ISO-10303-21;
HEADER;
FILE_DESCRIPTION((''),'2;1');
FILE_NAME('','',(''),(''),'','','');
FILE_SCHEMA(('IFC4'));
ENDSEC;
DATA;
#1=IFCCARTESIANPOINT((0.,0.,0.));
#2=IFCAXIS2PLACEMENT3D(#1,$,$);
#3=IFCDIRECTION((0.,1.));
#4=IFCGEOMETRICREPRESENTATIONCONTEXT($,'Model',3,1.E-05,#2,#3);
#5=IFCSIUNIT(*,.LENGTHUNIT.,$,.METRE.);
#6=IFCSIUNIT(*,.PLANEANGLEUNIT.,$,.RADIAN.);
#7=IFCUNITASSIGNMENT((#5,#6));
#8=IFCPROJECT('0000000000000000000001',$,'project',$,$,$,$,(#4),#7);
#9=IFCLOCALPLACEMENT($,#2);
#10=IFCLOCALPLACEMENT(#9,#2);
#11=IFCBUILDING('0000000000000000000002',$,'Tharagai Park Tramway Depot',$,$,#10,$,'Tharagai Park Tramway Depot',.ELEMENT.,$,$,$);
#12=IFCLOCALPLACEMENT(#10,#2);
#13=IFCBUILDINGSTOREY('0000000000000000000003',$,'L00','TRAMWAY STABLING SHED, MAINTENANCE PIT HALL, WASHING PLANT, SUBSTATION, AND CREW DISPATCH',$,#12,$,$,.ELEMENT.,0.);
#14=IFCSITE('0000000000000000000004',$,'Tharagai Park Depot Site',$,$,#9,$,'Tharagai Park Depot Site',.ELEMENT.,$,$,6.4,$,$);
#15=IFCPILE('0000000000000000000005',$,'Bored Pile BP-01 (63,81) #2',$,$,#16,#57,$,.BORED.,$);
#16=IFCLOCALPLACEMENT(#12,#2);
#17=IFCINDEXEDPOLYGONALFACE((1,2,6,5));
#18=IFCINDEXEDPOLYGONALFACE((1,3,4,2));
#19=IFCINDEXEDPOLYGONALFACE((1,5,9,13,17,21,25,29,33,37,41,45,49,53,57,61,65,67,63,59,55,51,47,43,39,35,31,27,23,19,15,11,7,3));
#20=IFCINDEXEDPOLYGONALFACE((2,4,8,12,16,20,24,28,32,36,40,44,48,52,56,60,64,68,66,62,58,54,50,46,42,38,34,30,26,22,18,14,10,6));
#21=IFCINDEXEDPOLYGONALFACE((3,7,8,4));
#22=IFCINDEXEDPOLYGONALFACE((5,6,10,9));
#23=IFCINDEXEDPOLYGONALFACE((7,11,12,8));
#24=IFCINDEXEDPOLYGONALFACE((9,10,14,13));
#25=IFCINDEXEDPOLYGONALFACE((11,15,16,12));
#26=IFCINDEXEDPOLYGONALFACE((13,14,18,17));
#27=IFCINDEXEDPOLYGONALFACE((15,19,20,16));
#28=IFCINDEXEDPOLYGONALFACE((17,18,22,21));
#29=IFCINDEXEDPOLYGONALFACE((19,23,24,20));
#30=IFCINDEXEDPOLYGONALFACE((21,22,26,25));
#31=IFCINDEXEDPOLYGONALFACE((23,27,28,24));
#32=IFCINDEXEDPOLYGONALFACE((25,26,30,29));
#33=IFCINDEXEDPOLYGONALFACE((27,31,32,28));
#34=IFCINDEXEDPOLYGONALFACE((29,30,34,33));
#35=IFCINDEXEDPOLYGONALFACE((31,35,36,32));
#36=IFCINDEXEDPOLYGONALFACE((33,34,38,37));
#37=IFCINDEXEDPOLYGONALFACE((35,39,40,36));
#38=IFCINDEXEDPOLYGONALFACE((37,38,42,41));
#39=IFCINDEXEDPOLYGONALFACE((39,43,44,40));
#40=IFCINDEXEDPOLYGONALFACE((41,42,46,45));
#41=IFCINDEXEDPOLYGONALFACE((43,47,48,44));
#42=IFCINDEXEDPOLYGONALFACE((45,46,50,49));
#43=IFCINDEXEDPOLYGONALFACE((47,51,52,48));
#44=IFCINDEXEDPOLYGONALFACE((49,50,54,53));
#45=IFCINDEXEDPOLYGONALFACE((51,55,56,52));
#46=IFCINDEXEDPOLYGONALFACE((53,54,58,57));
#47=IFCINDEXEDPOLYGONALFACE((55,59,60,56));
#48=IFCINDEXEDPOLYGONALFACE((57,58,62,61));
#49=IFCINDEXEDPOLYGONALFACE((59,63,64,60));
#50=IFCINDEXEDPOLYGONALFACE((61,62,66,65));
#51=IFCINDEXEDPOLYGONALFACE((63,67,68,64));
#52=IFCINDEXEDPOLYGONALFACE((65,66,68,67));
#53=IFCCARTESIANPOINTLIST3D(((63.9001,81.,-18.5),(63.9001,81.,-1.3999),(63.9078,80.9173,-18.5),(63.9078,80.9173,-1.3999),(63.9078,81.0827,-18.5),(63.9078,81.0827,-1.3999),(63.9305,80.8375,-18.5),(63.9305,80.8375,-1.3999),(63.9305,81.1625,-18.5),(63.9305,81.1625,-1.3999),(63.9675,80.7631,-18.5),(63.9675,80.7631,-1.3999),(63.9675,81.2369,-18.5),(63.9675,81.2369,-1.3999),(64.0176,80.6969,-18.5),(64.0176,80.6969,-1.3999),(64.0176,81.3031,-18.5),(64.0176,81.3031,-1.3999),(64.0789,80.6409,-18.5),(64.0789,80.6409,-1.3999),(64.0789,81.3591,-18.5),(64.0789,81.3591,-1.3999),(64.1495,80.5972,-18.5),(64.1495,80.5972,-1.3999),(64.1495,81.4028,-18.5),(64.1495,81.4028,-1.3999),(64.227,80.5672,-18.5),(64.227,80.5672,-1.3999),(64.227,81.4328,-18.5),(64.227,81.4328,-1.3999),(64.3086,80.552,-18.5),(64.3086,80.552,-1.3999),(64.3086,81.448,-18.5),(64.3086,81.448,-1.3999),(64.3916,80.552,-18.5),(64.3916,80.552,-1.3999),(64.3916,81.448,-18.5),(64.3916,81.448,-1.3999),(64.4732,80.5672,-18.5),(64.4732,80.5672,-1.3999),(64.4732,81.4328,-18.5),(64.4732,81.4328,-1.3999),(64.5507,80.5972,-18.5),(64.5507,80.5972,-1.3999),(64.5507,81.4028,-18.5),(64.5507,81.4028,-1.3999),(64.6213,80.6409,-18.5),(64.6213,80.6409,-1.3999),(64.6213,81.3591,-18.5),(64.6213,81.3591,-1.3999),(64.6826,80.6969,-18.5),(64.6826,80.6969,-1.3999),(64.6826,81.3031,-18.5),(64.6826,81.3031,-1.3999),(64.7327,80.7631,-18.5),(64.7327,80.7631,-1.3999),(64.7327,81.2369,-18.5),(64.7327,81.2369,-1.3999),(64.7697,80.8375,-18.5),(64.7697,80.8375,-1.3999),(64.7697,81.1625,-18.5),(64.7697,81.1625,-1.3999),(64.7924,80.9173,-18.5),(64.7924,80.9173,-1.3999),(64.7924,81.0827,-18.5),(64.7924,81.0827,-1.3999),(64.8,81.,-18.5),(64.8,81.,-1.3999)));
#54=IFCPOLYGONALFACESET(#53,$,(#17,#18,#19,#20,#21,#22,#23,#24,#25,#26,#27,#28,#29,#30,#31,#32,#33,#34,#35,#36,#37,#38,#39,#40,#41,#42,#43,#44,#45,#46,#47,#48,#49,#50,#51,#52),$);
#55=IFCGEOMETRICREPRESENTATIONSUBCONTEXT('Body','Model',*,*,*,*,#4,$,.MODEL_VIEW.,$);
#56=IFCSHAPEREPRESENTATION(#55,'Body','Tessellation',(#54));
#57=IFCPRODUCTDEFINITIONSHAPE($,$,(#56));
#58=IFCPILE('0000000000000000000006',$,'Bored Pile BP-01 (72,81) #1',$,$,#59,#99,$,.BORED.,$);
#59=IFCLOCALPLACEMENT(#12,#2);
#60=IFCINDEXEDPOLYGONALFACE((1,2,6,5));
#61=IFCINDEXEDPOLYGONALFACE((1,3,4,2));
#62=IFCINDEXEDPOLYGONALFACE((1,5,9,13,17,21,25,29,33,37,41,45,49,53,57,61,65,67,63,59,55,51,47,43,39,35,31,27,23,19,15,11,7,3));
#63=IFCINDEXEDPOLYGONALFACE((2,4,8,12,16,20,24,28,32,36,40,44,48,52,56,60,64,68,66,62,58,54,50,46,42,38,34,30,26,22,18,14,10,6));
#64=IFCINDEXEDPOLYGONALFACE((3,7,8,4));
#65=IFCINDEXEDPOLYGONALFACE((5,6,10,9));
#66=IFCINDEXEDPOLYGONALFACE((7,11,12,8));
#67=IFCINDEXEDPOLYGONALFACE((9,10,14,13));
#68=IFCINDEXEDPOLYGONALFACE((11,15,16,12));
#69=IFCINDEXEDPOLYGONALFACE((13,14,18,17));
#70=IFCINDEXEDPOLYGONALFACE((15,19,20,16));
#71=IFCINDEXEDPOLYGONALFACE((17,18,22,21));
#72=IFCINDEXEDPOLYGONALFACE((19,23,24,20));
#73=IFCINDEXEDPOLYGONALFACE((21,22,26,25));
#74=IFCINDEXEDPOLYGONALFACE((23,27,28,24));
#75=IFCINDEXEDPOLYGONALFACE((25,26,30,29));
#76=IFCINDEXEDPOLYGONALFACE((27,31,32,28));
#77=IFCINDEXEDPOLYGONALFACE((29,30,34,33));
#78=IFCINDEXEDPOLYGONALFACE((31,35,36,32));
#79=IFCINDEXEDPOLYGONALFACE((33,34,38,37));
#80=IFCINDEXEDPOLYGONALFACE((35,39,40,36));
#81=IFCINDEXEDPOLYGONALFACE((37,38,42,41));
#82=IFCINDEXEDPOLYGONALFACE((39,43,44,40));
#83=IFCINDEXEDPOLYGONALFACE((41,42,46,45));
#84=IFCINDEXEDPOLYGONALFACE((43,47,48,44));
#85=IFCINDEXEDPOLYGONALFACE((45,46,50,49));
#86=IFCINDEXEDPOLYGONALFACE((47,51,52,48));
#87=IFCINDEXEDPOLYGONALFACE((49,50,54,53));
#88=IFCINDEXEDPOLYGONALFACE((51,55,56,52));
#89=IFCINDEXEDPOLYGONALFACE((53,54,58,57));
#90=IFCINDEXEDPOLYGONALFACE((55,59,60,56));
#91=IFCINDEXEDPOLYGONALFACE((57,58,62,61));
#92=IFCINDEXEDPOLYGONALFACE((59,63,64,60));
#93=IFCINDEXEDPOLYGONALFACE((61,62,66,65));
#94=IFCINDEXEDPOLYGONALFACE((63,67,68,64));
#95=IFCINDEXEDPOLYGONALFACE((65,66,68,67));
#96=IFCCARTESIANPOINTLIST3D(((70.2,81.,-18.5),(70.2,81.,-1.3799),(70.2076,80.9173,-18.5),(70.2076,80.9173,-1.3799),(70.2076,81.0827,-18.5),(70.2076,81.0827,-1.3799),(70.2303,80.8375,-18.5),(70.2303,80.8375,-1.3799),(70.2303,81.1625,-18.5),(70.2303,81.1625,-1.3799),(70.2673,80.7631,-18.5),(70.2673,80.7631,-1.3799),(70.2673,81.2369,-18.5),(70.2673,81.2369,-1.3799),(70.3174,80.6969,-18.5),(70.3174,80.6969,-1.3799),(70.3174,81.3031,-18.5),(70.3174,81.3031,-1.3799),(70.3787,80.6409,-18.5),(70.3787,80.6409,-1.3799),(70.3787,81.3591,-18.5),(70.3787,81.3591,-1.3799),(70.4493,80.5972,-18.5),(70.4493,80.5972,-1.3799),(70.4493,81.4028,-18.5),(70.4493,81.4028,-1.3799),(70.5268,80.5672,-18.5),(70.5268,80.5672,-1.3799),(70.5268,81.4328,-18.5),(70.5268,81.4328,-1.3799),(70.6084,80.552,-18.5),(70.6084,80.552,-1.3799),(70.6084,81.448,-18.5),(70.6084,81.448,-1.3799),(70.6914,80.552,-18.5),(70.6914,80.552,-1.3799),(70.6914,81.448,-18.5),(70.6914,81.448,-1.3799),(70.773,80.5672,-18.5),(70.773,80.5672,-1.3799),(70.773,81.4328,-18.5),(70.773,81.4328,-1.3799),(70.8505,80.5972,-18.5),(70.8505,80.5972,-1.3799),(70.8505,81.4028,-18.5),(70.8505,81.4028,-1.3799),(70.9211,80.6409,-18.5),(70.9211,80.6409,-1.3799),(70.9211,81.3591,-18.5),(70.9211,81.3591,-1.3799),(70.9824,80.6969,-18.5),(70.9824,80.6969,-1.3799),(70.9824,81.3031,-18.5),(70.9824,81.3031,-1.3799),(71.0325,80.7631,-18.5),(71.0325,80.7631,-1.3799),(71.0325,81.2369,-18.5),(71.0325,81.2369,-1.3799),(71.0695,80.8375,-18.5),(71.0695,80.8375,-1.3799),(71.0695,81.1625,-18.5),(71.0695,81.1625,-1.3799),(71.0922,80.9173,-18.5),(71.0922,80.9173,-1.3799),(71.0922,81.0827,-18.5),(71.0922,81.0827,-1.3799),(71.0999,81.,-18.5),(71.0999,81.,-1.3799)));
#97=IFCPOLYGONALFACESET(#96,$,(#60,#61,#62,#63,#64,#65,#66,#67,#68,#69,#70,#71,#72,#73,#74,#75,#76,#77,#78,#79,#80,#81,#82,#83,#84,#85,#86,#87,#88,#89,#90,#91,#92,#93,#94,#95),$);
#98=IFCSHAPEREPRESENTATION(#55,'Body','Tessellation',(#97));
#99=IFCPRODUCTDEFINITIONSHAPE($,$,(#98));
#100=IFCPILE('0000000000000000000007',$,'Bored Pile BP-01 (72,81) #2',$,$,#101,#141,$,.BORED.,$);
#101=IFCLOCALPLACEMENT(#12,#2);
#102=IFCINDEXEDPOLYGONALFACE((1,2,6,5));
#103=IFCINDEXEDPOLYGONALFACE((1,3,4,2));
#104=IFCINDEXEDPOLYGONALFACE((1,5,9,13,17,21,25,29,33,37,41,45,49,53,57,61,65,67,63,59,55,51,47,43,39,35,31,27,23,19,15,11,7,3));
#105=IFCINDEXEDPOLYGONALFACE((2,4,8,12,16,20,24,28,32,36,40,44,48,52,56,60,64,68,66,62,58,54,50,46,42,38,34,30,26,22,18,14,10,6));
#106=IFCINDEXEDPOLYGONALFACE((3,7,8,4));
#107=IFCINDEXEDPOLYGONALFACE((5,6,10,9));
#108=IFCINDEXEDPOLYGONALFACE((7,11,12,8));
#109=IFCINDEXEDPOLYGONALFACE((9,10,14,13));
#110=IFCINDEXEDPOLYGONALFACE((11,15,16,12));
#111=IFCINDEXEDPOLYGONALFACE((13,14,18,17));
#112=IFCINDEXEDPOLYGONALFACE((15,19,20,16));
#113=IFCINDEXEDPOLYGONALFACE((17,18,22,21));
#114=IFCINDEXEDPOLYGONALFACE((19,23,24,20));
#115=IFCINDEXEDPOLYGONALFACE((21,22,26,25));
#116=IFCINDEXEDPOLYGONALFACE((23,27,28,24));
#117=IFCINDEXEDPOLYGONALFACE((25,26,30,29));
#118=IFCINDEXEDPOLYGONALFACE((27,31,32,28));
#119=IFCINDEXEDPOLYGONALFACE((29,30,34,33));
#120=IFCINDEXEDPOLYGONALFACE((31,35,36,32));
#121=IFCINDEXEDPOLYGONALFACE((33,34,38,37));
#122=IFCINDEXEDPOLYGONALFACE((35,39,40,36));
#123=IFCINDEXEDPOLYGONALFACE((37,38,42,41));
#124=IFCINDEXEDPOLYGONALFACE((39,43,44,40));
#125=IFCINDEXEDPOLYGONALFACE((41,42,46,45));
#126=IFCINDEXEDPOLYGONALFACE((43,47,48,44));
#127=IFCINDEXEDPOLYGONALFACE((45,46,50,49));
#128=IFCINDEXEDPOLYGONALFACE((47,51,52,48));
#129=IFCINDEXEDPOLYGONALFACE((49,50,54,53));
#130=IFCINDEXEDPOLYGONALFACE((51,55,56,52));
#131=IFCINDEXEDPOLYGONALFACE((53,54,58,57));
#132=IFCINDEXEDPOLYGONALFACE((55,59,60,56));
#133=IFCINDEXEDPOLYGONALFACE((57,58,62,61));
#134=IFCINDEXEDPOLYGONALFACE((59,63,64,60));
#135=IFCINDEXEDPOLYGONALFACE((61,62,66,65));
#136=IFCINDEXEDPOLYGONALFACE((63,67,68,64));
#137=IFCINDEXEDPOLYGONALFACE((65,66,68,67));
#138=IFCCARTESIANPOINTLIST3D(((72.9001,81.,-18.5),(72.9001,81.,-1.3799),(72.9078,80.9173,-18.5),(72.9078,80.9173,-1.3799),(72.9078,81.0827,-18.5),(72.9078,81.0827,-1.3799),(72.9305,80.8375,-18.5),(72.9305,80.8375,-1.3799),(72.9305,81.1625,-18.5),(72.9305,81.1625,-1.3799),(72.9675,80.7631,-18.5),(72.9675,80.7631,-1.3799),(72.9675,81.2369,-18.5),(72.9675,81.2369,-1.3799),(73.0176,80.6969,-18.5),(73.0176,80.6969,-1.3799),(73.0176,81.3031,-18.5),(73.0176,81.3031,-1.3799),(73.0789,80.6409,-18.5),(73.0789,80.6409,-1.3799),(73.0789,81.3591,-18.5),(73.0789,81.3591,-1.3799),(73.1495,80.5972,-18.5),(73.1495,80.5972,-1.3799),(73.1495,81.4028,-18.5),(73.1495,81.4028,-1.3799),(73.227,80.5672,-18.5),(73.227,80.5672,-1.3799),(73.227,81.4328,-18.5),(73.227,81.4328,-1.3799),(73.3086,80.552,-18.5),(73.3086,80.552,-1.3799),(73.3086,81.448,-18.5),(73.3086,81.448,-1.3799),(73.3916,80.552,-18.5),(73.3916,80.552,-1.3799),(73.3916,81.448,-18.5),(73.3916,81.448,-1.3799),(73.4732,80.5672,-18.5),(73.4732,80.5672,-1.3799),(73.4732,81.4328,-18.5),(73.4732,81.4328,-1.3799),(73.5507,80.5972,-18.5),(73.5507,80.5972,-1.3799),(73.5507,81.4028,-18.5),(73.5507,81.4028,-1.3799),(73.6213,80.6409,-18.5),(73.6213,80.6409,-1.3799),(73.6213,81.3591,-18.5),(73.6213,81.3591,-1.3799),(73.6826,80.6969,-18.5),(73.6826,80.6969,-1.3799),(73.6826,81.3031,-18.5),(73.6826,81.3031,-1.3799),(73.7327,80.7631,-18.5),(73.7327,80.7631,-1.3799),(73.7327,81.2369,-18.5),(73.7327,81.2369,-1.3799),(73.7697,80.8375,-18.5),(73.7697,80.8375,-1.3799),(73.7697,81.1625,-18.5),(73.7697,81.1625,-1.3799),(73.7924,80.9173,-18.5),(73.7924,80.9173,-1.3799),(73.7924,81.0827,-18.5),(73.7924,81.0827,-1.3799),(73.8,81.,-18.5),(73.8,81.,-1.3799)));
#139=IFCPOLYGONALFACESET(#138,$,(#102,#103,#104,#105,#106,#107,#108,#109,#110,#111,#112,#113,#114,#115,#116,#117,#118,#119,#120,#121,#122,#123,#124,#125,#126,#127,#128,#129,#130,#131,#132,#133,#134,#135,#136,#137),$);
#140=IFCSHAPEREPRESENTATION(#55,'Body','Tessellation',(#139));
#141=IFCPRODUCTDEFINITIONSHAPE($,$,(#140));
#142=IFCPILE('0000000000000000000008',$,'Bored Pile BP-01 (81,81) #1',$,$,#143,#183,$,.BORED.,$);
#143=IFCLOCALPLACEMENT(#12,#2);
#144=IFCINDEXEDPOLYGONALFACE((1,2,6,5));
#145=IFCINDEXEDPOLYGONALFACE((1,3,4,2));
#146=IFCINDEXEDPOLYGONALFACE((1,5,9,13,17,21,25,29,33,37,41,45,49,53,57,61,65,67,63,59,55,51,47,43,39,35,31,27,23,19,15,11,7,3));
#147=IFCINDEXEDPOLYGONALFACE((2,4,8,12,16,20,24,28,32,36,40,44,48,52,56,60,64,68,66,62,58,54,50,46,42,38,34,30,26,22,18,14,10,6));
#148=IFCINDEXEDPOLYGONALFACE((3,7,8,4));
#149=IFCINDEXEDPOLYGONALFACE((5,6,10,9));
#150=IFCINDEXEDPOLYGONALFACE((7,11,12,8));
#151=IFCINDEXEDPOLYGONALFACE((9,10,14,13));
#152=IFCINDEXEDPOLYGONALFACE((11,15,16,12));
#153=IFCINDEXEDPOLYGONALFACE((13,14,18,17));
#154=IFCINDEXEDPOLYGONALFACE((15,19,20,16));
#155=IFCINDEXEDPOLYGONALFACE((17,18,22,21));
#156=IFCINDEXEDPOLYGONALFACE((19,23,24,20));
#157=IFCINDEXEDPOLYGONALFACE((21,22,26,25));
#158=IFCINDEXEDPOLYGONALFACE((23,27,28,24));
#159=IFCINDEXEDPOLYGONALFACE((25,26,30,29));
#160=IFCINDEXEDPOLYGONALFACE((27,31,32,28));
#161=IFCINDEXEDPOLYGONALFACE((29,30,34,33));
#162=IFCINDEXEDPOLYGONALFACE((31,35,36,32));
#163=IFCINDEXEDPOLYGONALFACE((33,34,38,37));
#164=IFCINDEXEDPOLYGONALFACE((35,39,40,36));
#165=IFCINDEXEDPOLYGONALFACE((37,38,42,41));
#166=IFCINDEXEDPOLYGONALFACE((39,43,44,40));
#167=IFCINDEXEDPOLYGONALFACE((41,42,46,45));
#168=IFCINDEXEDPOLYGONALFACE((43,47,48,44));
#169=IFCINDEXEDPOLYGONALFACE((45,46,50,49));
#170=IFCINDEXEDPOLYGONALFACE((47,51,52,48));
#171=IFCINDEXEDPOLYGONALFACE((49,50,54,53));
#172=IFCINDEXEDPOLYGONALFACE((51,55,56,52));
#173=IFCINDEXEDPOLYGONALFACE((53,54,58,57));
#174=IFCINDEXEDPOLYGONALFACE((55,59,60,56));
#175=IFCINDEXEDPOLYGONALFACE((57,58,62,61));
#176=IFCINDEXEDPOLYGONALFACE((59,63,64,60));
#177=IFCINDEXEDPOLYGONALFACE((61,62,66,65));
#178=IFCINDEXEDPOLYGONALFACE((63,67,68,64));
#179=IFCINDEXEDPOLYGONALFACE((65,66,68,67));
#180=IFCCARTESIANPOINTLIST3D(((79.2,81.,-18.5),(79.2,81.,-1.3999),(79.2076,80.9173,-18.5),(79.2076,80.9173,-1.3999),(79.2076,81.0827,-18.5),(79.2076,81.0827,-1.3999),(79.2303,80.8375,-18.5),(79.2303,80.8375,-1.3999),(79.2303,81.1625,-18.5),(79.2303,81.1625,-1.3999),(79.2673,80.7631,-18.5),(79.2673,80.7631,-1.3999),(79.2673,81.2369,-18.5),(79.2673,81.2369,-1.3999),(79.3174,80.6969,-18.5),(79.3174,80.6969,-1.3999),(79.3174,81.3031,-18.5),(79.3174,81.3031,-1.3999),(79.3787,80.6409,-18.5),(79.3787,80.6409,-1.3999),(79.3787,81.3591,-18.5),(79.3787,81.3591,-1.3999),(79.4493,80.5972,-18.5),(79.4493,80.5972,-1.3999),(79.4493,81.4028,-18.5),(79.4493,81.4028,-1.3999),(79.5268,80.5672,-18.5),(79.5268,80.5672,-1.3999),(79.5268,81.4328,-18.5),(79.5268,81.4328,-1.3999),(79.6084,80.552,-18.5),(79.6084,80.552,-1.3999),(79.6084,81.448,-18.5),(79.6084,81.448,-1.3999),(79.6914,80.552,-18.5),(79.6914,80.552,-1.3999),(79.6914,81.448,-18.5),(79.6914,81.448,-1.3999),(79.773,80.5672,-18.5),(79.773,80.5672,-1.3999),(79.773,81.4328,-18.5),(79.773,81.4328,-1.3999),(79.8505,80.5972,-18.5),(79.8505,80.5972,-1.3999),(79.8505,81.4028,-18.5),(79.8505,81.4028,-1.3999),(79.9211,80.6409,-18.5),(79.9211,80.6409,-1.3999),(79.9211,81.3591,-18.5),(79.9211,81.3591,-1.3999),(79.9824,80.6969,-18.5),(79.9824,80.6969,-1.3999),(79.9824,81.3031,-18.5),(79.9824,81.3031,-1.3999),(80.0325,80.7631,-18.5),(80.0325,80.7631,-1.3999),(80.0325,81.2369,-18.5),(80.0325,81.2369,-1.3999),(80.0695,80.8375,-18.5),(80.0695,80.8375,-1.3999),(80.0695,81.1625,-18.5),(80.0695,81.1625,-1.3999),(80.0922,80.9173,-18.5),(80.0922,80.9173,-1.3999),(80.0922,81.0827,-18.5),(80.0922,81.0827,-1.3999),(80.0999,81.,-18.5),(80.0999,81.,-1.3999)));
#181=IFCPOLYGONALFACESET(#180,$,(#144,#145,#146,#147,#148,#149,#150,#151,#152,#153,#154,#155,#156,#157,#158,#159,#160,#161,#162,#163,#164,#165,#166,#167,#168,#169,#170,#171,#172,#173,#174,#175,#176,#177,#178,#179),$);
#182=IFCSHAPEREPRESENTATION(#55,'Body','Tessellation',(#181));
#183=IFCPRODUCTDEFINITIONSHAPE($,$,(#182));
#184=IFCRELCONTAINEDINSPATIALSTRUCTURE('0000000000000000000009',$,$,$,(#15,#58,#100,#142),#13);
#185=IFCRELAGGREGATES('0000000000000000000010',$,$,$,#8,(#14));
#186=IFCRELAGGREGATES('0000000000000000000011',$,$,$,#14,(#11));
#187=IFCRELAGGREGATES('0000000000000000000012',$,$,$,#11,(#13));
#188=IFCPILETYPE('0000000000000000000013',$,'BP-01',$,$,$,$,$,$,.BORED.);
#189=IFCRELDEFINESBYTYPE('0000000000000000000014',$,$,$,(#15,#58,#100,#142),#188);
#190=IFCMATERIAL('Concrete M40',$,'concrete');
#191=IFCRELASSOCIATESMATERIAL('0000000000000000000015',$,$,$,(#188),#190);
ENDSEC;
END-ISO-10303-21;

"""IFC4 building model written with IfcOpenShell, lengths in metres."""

from ifc_helpers import new_model, si_unit, direction, frame, origin, origin_2d, place, context, subcontext, project, spatial, circle, extrude, material, material_profile, profile_set, type_object, element, save


model = new_model("IFC4")

# Units and contexts
model_context = context("Model", 3, precision=1e-05, world=origin(), true_north=direction((0.0, 1.0)))
body_context = subcontext(model_context, "Body", "Model", "MODEL_VIEW")
ifc_project = project(units=[si_unit("LENGTHUNIT", "METRE"), si_unit("PLANEANGLEUNIT", "RADIAN")], contexts=[model_context])

# Site, building, storey
site_placement = place(None, origin())
site = spatial("IfcSite", under=ifc_project, at=site_placement, Name="Tharagai Park Depot Site", LongName="Tharagai Park Depot Site", CompositionType="ELEMENT", RefElevation=6.4)
building_placement = place(site_placement, origin())
building = spatial("IfcBuilding", under=site, at=building_placement, Name="Tharagai Park Tramway Depot", LongName="Tharagai Park Tramway Depot", CompositionType="ELEMENT")
storey_placement = place(building_placement, origin())
storey = spatial("IfcBuildingStorey", under=building, at=storey_placement, Name="L00", Description="TRAMWAY STABLING SHED, MAINTENANCE PIT HALL, WASHING PLANT, SUBSTATION, AND CREW DISPATCH", CompositionType="ELEMENT", Elevation=0.0)

# Piles
ifc_material_1 = material(Name="Concrete M40", Category="concrete")
ifc_material_profile_1 = material_profile(ifc_material_1, circle(Radius=0.45, at=origin_2d()), Name="PILE D900")
ifc_profile_set_1 = profile_set([ifc_material_profile_1], Name="Concrete M40")
pile_type_1 = type_object("IfcPileType", Name="BP-01", PredefinedType="BORED", material=ifc_profile_set_1)
pile_1_placement = place(storey_placement, frame((64.3501, 81.0, -1.3999), z_axis=(0.0, 0.0, -1.0), x_axis=(1.0, 0.0, 0.0)))
element("IfcPile", 1, at=pile_1_placement, inside=storey, type_object=pile_type_1, Name="Bored Pile BP-01 (63,81) #2", PredefinedType="BORED", context=body_context, shape_type="SweptSolid", body=[
    extrude(circle(Radius=0.45, at=origin_2d()), origin(), (0.0, 0.0, 1.0), 17.1001),
])
for number, where, z_axis, x_axis, name in (
    (2, (70.6499, 81.0, -1.3799), (0.0, 0.0, -1.0), (1.0, 0.0, 0.0), "Bored Pile BP-01 (72,81) #1"),
    (3, (73.3501, 81.0, -1.3799), (0.0, 0.0, -1.0), (1.0, 0.0, 0.0), "Bored Pile BP-01 (72,81) #2"),
):
    element("IfcPile", number, at=place(storey_placement, frame(where, z_axis=z_axis, x_axis=x_axis)), inside=storey, type_object=pile_type_1, Name=name, PredefinedType="BORED", context=body_context, shape_type="SweptSolid", body=[
        extrude(circle(Radius=0.45, at=origin_2d()), origin(), (0.0, 0.0, 1.0), 17.1201),
    ])
pile_2_placement = place(storey_placement, frame((79.6499, 81.0, -1.3999), z_axis=(0.0, 0.0, -1.0), x_axis=(1.0, 0.0, 0.0)))
element("IfcPile", 4, at=pile_2_placement, inside=storey, type_object=pile_type_1, Name="Bored Pile BP-01 (81,81) #1", PredefinedType="BORED", context=body_context, shape_type="SweptSolid", body=[
    extrude(circle(Radius=0.45, at=origin_2d()), origin(), (0.0, 0.0, 1.0), 17.1001),
])

save(model, "model.ifc")
